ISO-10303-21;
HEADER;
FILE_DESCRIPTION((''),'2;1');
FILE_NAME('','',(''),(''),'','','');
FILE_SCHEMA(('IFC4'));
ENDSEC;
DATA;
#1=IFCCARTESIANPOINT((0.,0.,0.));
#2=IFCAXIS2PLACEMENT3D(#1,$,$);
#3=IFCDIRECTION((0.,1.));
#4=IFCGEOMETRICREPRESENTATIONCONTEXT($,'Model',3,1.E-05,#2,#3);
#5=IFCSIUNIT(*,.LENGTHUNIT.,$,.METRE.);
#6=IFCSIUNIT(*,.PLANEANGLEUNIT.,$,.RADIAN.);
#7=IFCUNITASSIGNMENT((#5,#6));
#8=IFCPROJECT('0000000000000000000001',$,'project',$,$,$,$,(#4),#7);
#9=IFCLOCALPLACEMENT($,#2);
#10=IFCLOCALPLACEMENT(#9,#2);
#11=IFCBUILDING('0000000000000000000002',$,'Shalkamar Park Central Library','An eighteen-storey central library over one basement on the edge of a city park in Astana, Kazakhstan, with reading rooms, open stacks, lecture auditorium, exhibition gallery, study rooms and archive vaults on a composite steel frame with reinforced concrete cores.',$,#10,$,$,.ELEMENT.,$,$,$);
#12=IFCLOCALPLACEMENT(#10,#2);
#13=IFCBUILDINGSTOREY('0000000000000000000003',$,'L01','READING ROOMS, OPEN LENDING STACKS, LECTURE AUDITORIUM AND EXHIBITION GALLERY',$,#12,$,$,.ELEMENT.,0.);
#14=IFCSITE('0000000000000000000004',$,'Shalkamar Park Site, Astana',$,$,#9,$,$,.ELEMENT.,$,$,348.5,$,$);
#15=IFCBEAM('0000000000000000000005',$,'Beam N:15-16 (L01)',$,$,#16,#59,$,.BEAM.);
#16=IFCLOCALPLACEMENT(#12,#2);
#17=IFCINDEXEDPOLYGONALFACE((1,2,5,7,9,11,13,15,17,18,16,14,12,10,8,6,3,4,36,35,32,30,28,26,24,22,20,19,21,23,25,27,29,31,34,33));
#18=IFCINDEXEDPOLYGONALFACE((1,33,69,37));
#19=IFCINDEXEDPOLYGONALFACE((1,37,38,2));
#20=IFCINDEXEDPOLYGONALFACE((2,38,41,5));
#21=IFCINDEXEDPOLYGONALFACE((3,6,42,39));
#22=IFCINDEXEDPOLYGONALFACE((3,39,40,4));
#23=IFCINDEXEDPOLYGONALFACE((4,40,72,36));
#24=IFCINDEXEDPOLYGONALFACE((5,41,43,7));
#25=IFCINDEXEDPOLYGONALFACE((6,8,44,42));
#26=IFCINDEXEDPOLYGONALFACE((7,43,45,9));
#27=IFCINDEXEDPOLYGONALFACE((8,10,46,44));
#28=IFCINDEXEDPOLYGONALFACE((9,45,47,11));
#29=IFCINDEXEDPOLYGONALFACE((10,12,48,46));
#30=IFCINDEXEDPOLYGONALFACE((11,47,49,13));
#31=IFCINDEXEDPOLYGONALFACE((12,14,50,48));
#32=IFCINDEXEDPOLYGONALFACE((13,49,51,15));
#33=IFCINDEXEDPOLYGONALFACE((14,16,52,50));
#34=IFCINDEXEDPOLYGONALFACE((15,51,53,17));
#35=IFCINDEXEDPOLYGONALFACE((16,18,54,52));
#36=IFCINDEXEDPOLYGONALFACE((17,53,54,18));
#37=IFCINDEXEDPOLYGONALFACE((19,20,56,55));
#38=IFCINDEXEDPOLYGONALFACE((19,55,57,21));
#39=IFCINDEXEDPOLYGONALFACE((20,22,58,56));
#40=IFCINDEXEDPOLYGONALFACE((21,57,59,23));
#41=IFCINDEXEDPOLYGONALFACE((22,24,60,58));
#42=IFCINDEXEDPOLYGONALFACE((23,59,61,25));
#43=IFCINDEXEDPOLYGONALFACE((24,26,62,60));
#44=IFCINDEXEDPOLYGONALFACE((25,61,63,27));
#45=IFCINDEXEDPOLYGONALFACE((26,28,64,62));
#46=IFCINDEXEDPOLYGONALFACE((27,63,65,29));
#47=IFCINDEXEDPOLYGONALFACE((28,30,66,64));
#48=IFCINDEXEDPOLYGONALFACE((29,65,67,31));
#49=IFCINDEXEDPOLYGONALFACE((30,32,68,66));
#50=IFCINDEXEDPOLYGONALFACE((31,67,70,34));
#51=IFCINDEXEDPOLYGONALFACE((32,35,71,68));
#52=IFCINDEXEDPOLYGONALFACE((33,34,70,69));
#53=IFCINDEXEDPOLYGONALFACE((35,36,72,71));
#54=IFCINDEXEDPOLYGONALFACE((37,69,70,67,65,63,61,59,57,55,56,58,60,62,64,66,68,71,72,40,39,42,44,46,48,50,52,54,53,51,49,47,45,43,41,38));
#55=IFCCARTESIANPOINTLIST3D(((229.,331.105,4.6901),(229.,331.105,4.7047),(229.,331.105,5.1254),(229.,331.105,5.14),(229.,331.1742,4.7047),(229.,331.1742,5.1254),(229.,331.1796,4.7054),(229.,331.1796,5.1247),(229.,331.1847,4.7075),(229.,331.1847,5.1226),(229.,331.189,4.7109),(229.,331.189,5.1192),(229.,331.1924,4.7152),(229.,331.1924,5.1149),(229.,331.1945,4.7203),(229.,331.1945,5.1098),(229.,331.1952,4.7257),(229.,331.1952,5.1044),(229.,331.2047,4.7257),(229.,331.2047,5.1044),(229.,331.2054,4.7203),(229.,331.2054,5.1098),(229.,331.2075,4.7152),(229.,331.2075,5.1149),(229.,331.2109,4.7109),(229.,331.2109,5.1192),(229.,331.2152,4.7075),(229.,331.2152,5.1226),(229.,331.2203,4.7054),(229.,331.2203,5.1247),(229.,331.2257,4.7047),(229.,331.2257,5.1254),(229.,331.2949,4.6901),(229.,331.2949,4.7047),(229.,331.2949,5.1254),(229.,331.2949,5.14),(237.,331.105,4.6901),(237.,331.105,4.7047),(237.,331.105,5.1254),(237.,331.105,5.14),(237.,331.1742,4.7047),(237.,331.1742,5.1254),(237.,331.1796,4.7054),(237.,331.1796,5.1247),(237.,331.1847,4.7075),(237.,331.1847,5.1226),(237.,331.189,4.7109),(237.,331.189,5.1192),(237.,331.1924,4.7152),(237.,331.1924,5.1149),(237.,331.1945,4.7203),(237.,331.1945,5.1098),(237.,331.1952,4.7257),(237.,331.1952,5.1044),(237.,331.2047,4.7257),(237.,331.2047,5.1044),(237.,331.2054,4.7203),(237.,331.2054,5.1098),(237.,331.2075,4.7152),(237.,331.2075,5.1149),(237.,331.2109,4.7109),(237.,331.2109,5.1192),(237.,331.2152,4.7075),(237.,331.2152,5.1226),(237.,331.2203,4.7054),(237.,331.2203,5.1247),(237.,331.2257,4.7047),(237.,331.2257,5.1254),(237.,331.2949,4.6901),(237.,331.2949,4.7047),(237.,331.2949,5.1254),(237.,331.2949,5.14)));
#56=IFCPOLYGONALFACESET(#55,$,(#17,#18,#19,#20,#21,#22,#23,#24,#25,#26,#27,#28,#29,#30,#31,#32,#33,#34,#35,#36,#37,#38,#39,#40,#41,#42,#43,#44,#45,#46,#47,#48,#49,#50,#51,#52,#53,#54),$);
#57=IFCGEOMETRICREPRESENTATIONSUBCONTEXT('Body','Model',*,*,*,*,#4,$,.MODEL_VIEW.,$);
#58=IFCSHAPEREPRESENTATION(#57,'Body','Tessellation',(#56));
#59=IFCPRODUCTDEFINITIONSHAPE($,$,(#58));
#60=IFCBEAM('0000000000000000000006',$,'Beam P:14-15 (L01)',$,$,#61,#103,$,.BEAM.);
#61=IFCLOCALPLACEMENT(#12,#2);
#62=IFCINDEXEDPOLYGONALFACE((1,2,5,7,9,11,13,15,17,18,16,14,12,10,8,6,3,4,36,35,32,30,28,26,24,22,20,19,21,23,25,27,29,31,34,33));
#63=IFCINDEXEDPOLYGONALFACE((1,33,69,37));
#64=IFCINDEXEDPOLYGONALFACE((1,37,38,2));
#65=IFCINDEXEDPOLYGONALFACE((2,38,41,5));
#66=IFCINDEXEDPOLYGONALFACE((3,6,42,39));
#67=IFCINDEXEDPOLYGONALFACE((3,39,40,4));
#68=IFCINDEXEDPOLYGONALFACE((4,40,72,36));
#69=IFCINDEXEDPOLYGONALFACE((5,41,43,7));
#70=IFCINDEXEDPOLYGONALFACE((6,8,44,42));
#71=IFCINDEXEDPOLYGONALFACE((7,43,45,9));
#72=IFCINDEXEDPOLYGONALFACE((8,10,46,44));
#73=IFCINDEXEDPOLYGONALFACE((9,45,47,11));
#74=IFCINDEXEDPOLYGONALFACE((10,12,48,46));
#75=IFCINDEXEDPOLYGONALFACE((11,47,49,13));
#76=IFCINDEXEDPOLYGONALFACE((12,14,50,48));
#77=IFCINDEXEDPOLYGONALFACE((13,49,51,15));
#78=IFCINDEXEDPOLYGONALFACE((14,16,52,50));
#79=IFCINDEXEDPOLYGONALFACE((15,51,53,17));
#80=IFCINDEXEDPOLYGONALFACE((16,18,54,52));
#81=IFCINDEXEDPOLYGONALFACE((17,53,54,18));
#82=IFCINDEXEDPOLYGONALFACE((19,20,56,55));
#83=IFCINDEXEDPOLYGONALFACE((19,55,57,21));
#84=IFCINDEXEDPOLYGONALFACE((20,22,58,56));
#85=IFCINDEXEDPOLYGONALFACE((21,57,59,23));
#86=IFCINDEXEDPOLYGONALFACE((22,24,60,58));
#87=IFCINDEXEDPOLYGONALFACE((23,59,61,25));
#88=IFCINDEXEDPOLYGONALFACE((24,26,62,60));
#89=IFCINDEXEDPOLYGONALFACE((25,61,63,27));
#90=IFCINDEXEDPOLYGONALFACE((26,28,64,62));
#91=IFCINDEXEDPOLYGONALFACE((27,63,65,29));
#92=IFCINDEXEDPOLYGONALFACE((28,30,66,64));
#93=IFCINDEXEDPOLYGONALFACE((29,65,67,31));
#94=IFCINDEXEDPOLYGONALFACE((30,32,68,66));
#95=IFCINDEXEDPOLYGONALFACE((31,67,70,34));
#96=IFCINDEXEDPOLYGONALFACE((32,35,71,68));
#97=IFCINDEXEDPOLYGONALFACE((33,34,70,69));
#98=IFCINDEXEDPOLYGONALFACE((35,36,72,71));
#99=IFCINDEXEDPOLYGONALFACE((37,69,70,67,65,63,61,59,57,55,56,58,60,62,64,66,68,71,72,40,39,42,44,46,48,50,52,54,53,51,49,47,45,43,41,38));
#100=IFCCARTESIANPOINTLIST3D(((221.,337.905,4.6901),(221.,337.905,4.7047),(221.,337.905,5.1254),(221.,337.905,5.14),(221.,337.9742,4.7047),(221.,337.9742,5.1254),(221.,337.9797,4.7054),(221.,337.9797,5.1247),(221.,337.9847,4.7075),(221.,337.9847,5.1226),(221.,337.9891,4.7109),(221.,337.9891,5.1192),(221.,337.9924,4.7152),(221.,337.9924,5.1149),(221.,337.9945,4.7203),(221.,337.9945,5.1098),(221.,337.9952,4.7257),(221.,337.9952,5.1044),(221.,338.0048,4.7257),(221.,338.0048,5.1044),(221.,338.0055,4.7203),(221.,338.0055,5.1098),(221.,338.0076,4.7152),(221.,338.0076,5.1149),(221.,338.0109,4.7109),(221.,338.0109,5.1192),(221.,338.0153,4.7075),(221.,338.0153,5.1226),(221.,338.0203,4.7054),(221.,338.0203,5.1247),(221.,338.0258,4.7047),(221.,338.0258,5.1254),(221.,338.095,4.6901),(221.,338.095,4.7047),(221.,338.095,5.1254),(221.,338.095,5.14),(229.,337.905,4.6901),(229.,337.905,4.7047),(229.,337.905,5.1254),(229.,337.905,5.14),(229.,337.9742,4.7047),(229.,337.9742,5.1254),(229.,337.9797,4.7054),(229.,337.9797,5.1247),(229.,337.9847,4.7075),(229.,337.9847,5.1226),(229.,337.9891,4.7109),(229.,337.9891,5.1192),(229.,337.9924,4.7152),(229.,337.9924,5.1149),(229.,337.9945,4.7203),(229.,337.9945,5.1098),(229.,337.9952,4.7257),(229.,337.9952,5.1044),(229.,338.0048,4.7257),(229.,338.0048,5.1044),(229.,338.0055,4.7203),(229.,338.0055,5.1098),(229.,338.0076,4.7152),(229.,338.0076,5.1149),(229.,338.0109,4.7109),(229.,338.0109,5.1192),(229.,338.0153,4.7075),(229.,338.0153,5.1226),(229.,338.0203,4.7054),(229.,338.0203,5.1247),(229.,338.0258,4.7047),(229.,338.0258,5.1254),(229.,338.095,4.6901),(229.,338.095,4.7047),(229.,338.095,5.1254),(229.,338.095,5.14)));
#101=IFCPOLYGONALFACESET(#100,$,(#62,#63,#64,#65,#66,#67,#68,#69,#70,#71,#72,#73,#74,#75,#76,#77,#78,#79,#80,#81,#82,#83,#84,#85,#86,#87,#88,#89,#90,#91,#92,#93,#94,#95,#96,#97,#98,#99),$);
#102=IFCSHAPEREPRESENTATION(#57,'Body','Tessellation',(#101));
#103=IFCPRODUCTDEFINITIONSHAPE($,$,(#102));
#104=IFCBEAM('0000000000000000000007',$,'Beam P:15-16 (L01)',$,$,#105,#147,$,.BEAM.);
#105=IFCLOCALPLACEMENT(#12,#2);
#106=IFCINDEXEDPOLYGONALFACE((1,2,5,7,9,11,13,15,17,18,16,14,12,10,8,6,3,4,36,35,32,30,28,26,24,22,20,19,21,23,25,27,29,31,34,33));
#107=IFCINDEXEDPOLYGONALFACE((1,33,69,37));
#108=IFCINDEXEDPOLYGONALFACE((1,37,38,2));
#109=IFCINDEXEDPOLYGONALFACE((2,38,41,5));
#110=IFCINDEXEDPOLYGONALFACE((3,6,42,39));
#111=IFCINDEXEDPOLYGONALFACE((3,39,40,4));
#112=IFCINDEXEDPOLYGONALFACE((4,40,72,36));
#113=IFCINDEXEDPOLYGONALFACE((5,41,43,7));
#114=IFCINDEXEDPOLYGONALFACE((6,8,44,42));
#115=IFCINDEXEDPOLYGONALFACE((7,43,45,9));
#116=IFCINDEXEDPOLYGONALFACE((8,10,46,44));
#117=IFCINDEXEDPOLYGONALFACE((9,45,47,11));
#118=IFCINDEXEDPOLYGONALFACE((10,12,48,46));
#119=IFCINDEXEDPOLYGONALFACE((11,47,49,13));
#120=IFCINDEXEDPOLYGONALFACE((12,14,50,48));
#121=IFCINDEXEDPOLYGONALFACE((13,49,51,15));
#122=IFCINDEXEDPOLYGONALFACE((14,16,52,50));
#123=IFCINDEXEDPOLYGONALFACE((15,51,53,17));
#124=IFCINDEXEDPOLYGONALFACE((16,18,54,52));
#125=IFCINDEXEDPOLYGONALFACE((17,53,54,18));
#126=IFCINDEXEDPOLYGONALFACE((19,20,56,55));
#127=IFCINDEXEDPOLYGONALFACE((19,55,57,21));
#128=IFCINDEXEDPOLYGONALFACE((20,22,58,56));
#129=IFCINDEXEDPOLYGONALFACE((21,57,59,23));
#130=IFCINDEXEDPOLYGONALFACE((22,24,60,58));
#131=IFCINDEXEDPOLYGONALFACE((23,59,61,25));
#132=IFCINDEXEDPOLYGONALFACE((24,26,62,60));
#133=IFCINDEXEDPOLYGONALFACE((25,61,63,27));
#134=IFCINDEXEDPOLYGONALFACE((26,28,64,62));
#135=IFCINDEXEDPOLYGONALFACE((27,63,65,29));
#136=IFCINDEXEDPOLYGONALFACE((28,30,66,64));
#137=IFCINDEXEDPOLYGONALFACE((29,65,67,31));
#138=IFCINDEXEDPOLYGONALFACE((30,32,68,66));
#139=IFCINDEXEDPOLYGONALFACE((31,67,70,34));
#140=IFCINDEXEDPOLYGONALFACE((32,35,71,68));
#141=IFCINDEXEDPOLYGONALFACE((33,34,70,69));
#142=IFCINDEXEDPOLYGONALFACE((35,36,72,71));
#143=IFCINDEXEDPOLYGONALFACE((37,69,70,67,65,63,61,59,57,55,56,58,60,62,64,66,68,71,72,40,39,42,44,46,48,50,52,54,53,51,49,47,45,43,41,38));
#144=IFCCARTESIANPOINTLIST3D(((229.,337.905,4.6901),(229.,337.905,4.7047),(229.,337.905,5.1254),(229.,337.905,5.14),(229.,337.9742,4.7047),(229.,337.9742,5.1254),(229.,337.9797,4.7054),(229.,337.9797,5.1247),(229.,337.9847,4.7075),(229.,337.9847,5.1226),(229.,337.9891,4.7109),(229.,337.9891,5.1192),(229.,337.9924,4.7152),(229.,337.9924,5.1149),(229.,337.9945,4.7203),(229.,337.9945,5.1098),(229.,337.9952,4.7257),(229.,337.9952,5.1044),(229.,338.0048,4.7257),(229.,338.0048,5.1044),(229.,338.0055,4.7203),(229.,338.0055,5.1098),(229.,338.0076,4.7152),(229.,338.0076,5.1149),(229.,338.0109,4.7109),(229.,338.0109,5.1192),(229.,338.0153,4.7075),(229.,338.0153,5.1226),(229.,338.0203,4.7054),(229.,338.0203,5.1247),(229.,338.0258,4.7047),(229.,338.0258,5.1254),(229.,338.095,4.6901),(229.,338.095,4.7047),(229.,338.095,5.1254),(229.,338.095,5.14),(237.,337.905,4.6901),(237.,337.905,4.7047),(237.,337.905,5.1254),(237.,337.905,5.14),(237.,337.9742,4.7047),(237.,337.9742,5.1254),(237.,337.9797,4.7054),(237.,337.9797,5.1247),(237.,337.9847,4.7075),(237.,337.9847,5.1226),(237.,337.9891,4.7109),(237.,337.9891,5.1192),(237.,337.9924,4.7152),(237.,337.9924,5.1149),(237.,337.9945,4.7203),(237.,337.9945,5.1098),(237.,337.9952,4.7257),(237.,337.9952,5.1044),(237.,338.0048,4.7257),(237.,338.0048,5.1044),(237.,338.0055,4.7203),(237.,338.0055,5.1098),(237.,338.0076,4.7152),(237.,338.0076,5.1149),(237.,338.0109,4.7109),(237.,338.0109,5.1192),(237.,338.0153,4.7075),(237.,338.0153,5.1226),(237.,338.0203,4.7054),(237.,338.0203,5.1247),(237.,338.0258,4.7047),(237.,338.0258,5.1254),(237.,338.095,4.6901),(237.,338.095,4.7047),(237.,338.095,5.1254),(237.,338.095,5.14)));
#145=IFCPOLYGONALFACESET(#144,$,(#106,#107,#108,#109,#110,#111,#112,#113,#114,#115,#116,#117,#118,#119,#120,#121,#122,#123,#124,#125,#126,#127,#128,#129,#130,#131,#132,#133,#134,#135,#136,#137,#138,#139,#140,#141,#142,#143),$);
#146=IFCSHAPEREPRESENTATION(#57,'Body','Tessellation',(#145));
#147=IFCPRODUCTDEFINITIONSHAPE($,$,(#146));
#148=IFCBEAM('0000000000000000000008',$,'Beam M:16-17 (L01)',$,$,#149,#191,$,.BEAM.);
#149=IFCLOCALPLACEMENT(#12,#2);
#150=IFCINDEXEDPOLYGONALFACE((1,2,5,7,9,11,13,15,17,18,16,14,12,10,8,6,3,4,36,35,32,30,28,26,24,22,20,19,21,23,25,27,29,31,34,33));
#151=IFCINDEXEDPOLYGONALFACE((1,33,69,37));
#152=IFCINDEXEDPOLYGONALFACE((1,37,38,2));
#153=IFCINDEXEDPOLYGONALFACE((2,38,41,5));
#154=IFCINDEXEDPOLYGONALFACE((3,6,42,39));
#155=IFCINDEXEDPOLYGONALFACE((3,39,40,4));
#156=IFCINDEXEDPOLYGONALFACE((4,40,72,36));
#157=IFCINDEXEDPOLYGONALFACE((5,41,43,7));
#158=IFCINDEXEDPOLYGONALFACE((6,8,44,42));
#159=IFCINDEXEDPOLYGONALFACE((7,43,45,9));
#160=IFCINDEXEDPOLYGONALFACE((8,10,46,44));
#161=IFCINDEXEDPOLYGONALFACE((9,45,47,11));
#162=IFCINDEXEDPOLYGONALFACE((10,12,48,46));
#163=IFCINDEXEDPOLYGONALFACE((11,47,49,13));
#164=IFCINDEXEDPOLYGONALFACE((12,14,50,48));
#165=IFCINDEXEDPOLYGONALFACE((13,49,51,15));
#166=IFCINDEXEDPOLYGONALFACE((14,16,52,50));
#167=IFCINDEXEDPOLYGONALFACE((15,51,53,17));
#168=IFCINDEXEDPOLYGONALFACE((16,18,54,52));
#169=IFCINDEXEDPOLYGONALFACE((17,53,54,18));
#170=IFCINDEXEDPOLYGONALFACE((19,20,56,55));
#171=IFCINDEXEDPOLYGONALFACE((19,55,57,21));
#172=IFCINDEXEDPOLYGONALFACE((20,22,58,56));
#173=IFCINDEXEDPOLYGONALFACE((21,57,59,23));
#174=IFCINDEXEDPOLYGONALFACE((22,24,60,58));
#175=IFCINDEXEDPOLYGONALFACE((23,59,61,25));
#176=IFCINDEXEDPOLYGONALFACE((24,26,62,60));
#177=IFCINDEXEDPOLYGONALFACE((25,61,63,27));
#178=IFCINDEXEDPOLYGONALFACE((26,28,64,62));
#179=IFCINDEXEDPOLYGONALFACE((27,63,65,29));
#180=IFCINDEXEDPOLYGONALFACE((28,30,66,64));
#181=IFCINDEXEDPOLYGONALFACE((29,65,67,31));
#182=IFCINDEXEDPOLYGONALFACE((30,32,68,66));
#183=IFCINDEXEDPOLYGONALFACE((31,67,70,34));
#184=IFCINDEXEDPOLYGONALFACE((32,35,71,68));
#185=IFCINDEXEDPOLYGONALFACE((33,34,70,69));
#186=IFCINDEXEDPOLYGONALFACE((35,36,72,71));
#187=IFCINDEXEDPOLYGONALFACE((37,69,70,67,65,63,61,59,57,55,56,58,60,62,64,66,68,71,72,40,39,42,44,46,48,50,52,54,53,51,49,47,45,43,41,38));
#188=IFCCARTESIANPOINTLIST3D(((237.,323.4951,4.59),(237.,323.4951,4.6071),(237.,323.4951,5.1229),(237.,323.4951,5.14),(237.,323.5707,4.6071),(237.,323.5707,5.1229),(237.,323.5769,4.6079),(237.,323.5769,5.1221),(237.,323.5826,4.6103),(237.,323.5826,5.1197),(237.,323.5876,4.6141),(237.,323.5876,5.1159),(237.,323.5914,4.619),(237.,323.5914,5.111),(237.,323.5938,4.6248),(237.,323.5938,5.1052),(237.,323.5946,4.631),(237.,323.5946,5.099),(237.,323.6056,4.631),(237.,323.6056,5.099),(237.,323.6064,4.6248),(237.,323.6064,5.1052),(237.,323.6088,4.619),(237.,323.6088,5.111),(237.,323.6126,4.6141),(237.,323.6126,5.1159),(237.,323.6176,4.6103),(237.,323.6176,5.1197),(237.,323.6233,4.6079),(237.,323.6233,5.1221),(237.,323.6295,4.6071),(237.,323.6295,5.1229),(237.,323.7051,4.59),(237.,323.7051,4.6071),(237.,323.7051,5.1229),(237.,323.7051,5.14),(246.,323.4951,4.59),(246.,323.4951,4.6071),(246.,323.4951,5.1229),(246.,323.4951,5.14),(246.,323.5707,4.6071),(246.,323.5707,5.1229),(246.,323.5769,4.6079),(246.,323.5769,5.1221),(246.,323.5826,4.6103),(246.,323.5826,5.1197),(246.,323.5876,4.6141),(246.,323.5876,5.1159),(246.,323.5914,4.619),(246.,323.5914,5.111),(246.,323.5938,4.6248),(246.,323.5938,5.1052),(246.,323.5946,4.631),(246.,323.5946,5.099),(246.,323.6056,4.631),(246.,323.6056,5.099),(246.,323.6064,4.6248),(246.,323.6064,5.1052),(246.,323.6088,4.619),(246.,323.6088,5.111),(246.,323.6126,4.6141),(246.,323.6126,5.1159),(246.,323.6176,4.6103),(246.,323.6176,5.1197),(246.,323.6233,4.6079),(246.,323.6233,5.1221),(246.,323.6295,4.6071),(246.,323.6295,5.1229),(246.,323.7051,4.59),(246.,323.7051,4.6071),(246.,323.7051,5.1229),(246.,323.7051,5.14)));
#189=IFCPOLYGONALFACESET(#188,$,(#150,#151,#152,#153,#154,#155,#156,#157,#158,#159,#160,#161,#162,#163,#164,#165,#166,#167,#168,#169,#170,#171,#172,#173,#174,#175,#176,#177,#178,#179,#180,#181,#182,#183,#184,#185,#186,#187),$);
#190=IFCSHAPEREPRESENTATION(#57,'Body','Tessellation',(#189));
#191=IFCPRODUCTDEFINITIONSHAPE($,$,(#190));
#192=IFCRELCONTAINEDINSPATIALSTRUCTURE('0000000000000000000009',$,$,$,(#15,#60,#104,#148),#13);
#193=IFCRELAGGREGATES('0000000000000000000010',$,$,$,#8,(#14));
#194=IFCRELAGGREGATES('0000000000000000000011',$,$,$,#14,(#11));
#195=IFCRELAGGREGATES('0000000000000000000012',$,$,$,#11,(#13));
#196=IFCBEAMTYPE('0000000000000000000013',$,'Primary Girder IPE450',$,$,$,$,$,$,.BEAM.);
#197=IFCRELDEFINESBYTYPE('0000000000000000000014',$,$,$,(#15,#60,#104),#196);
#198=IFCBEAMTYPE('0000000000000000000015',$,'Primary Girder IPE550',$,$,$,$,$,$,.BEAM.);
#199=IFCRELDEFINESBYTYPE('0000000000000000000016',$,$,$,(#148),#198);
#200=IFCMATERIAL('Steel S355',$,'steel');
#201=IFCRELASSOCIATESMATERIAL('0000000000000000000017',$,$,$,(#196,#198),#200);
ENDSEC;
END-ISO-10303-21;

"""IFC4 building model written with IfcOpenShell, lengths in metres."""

from ifc_helpers import new_model, si_unit, direction, frame, origin, origin_2d, place, context, subcontext, project, spatial, i_section, extrude, material, material_profile, profile_set, type_object, element, save


model = new_model("IFC4")

# Units and contexts
model_context = context("Model", 3, precision=1e-05, world=origin(), true_north=direction((0.0, 1.0)))
body_context = subcontext(model_context, "Body", "Model", "MODEL_VIEW")
ifc_project = project(units=[si_unit("LENGTHUNIT", "METRE"), si_unit("PLANEANGLEUNIT", "RADIAN")], contexts=[model_context])

# Site, building, storey
site_placement = place(None, origin())
site = spatial("IfcSite", under=ifc_project, at=site_placement, Name="Shalkamar Park Site, Astana", CompositionType="ELEMENT", RefElevation=348.5)
building_placement = place(site_placement, origin())
building = spatial("IfcBuilding", under=site, at=building_placement, Name="Shalkamar Park Central Library", Description="An eighteen-storey central library over one basement on the edge of a city park in Astana, Kazakhstan, with reading rooms, open stacks, lecture auditorium, exhibition gallery, study rooms and archive vaults on a composite steel frame with reinforced concrete cores.", CompositionType="ELEMENT")
storey_placement = place(building_placement, origin())
storey = spatial("IfcBuildingStorey", under=building, at=storey_placement, Name="L01", Description="READING ROOMS, OPEN LENDING STACKS, LECTURE AUDITORIUM AND EXHIBITION GALLERY", CompositionType="ELEMENT", Elevation=0.0)

# Shared definitions
ifc_material = material(Name="Steel S355", Category="steel")

# Beams
ifc_material_profile_1 = material_profile(ifc_material, i_section(OverallWidth=0.1899, OverallDepth=0.45, WebThickness=0.0095, FlangeThickness=0.0146, FilletRadius=0.021, at=origin_2d()), Name="IPE 450")
ifc_profile_set_1 = profile_set([ifc_material_profile_1], Name="Steel S355")
beam_type_1 = type_object("IfcBeamType", Name="Primary Girder IPE450", PredefinedType="BEAM", material=ifc_profile_set_1)
for number, where, z_axis, x_axis, name in (
    (1, (229.0, 331.2, 4.915), (1.0, 0.0, 0.0), (0.0, 1.0, 0.0), "Beam N:15-16 (L01)"),
    (2, (221.0, 338.0, 4.915), (1.0, 0.0, 0.0), (0.0, 1.0, 0.0), "Beam P:14-15 (L01)"),
    (3, (229.0, 338.0, 4.915), (1.0, 0.0, 0.0), (0.0, 1.0, 0.0), "Beam P:15-16 (L01)"),
):
    element("IfcBeam", number, at=place(storey_placement, frame(where, z_axis=z_axis, x_axis=x_axis)), inside=storey, type_object=beam_type_1, Name=name, PredefinedType="BEAM", context=body_context, shape_type="SweptSolid", body=[
        extrude(i_section(OverallWidth=0.1899, OverallDepth=0.45, WebThickness=0.0095, FlangeThickness=0.0146, FilletRadius=0.021, at=origin_2d()), origin(), (0.0, 0.0, 1.0), 8.0),
    ])
ifc_material_profile_2 = material_profile(ifc_material, i_section(OverallWidth=0.21, OverallDepth=0.55, WebThickness=0.011, FlangeThickness=0.0171, FilletRadius=0.0239, at=origin_2d()), Name="IPE 550")
ifc_profile_set_2 = profile_set([ifc_material_profile_2], Name="Steel S355")
beam_type_2 = type_object("IfcBeamType", Name="Primary Girder IPE550", PredefinedType="BEAM", material=ifc_profile_set_2)
for number, where, z_axis, x_axis, name in (
    (4, (237.0, 323.6001, 4.865), (1.0, 0.0, 0.0), (0.0, 1.0, 0.0), "Beam M:16-17 (L01)"),
):
    element("IfcBeam", number, at=place(storey_placement, frame(where, z_axis=z_axis, x_axis=x_axis)), inside=storey, type_object=beam_type_2, Name=name, PredefinedType="BEAM", context=body_context, shape_type="SweptSolid", body=[
        extrude(i_section(OverallWidth=0.21, OverallDepth=0.55, WebThickness=0.011, FlangeThickness=0.0171, FilletRadius=0.0239, at=origin_2d()), origin(), (0.0, 0.0, 1.0), 9.0),
    ])

save(model, "model.ifc")
